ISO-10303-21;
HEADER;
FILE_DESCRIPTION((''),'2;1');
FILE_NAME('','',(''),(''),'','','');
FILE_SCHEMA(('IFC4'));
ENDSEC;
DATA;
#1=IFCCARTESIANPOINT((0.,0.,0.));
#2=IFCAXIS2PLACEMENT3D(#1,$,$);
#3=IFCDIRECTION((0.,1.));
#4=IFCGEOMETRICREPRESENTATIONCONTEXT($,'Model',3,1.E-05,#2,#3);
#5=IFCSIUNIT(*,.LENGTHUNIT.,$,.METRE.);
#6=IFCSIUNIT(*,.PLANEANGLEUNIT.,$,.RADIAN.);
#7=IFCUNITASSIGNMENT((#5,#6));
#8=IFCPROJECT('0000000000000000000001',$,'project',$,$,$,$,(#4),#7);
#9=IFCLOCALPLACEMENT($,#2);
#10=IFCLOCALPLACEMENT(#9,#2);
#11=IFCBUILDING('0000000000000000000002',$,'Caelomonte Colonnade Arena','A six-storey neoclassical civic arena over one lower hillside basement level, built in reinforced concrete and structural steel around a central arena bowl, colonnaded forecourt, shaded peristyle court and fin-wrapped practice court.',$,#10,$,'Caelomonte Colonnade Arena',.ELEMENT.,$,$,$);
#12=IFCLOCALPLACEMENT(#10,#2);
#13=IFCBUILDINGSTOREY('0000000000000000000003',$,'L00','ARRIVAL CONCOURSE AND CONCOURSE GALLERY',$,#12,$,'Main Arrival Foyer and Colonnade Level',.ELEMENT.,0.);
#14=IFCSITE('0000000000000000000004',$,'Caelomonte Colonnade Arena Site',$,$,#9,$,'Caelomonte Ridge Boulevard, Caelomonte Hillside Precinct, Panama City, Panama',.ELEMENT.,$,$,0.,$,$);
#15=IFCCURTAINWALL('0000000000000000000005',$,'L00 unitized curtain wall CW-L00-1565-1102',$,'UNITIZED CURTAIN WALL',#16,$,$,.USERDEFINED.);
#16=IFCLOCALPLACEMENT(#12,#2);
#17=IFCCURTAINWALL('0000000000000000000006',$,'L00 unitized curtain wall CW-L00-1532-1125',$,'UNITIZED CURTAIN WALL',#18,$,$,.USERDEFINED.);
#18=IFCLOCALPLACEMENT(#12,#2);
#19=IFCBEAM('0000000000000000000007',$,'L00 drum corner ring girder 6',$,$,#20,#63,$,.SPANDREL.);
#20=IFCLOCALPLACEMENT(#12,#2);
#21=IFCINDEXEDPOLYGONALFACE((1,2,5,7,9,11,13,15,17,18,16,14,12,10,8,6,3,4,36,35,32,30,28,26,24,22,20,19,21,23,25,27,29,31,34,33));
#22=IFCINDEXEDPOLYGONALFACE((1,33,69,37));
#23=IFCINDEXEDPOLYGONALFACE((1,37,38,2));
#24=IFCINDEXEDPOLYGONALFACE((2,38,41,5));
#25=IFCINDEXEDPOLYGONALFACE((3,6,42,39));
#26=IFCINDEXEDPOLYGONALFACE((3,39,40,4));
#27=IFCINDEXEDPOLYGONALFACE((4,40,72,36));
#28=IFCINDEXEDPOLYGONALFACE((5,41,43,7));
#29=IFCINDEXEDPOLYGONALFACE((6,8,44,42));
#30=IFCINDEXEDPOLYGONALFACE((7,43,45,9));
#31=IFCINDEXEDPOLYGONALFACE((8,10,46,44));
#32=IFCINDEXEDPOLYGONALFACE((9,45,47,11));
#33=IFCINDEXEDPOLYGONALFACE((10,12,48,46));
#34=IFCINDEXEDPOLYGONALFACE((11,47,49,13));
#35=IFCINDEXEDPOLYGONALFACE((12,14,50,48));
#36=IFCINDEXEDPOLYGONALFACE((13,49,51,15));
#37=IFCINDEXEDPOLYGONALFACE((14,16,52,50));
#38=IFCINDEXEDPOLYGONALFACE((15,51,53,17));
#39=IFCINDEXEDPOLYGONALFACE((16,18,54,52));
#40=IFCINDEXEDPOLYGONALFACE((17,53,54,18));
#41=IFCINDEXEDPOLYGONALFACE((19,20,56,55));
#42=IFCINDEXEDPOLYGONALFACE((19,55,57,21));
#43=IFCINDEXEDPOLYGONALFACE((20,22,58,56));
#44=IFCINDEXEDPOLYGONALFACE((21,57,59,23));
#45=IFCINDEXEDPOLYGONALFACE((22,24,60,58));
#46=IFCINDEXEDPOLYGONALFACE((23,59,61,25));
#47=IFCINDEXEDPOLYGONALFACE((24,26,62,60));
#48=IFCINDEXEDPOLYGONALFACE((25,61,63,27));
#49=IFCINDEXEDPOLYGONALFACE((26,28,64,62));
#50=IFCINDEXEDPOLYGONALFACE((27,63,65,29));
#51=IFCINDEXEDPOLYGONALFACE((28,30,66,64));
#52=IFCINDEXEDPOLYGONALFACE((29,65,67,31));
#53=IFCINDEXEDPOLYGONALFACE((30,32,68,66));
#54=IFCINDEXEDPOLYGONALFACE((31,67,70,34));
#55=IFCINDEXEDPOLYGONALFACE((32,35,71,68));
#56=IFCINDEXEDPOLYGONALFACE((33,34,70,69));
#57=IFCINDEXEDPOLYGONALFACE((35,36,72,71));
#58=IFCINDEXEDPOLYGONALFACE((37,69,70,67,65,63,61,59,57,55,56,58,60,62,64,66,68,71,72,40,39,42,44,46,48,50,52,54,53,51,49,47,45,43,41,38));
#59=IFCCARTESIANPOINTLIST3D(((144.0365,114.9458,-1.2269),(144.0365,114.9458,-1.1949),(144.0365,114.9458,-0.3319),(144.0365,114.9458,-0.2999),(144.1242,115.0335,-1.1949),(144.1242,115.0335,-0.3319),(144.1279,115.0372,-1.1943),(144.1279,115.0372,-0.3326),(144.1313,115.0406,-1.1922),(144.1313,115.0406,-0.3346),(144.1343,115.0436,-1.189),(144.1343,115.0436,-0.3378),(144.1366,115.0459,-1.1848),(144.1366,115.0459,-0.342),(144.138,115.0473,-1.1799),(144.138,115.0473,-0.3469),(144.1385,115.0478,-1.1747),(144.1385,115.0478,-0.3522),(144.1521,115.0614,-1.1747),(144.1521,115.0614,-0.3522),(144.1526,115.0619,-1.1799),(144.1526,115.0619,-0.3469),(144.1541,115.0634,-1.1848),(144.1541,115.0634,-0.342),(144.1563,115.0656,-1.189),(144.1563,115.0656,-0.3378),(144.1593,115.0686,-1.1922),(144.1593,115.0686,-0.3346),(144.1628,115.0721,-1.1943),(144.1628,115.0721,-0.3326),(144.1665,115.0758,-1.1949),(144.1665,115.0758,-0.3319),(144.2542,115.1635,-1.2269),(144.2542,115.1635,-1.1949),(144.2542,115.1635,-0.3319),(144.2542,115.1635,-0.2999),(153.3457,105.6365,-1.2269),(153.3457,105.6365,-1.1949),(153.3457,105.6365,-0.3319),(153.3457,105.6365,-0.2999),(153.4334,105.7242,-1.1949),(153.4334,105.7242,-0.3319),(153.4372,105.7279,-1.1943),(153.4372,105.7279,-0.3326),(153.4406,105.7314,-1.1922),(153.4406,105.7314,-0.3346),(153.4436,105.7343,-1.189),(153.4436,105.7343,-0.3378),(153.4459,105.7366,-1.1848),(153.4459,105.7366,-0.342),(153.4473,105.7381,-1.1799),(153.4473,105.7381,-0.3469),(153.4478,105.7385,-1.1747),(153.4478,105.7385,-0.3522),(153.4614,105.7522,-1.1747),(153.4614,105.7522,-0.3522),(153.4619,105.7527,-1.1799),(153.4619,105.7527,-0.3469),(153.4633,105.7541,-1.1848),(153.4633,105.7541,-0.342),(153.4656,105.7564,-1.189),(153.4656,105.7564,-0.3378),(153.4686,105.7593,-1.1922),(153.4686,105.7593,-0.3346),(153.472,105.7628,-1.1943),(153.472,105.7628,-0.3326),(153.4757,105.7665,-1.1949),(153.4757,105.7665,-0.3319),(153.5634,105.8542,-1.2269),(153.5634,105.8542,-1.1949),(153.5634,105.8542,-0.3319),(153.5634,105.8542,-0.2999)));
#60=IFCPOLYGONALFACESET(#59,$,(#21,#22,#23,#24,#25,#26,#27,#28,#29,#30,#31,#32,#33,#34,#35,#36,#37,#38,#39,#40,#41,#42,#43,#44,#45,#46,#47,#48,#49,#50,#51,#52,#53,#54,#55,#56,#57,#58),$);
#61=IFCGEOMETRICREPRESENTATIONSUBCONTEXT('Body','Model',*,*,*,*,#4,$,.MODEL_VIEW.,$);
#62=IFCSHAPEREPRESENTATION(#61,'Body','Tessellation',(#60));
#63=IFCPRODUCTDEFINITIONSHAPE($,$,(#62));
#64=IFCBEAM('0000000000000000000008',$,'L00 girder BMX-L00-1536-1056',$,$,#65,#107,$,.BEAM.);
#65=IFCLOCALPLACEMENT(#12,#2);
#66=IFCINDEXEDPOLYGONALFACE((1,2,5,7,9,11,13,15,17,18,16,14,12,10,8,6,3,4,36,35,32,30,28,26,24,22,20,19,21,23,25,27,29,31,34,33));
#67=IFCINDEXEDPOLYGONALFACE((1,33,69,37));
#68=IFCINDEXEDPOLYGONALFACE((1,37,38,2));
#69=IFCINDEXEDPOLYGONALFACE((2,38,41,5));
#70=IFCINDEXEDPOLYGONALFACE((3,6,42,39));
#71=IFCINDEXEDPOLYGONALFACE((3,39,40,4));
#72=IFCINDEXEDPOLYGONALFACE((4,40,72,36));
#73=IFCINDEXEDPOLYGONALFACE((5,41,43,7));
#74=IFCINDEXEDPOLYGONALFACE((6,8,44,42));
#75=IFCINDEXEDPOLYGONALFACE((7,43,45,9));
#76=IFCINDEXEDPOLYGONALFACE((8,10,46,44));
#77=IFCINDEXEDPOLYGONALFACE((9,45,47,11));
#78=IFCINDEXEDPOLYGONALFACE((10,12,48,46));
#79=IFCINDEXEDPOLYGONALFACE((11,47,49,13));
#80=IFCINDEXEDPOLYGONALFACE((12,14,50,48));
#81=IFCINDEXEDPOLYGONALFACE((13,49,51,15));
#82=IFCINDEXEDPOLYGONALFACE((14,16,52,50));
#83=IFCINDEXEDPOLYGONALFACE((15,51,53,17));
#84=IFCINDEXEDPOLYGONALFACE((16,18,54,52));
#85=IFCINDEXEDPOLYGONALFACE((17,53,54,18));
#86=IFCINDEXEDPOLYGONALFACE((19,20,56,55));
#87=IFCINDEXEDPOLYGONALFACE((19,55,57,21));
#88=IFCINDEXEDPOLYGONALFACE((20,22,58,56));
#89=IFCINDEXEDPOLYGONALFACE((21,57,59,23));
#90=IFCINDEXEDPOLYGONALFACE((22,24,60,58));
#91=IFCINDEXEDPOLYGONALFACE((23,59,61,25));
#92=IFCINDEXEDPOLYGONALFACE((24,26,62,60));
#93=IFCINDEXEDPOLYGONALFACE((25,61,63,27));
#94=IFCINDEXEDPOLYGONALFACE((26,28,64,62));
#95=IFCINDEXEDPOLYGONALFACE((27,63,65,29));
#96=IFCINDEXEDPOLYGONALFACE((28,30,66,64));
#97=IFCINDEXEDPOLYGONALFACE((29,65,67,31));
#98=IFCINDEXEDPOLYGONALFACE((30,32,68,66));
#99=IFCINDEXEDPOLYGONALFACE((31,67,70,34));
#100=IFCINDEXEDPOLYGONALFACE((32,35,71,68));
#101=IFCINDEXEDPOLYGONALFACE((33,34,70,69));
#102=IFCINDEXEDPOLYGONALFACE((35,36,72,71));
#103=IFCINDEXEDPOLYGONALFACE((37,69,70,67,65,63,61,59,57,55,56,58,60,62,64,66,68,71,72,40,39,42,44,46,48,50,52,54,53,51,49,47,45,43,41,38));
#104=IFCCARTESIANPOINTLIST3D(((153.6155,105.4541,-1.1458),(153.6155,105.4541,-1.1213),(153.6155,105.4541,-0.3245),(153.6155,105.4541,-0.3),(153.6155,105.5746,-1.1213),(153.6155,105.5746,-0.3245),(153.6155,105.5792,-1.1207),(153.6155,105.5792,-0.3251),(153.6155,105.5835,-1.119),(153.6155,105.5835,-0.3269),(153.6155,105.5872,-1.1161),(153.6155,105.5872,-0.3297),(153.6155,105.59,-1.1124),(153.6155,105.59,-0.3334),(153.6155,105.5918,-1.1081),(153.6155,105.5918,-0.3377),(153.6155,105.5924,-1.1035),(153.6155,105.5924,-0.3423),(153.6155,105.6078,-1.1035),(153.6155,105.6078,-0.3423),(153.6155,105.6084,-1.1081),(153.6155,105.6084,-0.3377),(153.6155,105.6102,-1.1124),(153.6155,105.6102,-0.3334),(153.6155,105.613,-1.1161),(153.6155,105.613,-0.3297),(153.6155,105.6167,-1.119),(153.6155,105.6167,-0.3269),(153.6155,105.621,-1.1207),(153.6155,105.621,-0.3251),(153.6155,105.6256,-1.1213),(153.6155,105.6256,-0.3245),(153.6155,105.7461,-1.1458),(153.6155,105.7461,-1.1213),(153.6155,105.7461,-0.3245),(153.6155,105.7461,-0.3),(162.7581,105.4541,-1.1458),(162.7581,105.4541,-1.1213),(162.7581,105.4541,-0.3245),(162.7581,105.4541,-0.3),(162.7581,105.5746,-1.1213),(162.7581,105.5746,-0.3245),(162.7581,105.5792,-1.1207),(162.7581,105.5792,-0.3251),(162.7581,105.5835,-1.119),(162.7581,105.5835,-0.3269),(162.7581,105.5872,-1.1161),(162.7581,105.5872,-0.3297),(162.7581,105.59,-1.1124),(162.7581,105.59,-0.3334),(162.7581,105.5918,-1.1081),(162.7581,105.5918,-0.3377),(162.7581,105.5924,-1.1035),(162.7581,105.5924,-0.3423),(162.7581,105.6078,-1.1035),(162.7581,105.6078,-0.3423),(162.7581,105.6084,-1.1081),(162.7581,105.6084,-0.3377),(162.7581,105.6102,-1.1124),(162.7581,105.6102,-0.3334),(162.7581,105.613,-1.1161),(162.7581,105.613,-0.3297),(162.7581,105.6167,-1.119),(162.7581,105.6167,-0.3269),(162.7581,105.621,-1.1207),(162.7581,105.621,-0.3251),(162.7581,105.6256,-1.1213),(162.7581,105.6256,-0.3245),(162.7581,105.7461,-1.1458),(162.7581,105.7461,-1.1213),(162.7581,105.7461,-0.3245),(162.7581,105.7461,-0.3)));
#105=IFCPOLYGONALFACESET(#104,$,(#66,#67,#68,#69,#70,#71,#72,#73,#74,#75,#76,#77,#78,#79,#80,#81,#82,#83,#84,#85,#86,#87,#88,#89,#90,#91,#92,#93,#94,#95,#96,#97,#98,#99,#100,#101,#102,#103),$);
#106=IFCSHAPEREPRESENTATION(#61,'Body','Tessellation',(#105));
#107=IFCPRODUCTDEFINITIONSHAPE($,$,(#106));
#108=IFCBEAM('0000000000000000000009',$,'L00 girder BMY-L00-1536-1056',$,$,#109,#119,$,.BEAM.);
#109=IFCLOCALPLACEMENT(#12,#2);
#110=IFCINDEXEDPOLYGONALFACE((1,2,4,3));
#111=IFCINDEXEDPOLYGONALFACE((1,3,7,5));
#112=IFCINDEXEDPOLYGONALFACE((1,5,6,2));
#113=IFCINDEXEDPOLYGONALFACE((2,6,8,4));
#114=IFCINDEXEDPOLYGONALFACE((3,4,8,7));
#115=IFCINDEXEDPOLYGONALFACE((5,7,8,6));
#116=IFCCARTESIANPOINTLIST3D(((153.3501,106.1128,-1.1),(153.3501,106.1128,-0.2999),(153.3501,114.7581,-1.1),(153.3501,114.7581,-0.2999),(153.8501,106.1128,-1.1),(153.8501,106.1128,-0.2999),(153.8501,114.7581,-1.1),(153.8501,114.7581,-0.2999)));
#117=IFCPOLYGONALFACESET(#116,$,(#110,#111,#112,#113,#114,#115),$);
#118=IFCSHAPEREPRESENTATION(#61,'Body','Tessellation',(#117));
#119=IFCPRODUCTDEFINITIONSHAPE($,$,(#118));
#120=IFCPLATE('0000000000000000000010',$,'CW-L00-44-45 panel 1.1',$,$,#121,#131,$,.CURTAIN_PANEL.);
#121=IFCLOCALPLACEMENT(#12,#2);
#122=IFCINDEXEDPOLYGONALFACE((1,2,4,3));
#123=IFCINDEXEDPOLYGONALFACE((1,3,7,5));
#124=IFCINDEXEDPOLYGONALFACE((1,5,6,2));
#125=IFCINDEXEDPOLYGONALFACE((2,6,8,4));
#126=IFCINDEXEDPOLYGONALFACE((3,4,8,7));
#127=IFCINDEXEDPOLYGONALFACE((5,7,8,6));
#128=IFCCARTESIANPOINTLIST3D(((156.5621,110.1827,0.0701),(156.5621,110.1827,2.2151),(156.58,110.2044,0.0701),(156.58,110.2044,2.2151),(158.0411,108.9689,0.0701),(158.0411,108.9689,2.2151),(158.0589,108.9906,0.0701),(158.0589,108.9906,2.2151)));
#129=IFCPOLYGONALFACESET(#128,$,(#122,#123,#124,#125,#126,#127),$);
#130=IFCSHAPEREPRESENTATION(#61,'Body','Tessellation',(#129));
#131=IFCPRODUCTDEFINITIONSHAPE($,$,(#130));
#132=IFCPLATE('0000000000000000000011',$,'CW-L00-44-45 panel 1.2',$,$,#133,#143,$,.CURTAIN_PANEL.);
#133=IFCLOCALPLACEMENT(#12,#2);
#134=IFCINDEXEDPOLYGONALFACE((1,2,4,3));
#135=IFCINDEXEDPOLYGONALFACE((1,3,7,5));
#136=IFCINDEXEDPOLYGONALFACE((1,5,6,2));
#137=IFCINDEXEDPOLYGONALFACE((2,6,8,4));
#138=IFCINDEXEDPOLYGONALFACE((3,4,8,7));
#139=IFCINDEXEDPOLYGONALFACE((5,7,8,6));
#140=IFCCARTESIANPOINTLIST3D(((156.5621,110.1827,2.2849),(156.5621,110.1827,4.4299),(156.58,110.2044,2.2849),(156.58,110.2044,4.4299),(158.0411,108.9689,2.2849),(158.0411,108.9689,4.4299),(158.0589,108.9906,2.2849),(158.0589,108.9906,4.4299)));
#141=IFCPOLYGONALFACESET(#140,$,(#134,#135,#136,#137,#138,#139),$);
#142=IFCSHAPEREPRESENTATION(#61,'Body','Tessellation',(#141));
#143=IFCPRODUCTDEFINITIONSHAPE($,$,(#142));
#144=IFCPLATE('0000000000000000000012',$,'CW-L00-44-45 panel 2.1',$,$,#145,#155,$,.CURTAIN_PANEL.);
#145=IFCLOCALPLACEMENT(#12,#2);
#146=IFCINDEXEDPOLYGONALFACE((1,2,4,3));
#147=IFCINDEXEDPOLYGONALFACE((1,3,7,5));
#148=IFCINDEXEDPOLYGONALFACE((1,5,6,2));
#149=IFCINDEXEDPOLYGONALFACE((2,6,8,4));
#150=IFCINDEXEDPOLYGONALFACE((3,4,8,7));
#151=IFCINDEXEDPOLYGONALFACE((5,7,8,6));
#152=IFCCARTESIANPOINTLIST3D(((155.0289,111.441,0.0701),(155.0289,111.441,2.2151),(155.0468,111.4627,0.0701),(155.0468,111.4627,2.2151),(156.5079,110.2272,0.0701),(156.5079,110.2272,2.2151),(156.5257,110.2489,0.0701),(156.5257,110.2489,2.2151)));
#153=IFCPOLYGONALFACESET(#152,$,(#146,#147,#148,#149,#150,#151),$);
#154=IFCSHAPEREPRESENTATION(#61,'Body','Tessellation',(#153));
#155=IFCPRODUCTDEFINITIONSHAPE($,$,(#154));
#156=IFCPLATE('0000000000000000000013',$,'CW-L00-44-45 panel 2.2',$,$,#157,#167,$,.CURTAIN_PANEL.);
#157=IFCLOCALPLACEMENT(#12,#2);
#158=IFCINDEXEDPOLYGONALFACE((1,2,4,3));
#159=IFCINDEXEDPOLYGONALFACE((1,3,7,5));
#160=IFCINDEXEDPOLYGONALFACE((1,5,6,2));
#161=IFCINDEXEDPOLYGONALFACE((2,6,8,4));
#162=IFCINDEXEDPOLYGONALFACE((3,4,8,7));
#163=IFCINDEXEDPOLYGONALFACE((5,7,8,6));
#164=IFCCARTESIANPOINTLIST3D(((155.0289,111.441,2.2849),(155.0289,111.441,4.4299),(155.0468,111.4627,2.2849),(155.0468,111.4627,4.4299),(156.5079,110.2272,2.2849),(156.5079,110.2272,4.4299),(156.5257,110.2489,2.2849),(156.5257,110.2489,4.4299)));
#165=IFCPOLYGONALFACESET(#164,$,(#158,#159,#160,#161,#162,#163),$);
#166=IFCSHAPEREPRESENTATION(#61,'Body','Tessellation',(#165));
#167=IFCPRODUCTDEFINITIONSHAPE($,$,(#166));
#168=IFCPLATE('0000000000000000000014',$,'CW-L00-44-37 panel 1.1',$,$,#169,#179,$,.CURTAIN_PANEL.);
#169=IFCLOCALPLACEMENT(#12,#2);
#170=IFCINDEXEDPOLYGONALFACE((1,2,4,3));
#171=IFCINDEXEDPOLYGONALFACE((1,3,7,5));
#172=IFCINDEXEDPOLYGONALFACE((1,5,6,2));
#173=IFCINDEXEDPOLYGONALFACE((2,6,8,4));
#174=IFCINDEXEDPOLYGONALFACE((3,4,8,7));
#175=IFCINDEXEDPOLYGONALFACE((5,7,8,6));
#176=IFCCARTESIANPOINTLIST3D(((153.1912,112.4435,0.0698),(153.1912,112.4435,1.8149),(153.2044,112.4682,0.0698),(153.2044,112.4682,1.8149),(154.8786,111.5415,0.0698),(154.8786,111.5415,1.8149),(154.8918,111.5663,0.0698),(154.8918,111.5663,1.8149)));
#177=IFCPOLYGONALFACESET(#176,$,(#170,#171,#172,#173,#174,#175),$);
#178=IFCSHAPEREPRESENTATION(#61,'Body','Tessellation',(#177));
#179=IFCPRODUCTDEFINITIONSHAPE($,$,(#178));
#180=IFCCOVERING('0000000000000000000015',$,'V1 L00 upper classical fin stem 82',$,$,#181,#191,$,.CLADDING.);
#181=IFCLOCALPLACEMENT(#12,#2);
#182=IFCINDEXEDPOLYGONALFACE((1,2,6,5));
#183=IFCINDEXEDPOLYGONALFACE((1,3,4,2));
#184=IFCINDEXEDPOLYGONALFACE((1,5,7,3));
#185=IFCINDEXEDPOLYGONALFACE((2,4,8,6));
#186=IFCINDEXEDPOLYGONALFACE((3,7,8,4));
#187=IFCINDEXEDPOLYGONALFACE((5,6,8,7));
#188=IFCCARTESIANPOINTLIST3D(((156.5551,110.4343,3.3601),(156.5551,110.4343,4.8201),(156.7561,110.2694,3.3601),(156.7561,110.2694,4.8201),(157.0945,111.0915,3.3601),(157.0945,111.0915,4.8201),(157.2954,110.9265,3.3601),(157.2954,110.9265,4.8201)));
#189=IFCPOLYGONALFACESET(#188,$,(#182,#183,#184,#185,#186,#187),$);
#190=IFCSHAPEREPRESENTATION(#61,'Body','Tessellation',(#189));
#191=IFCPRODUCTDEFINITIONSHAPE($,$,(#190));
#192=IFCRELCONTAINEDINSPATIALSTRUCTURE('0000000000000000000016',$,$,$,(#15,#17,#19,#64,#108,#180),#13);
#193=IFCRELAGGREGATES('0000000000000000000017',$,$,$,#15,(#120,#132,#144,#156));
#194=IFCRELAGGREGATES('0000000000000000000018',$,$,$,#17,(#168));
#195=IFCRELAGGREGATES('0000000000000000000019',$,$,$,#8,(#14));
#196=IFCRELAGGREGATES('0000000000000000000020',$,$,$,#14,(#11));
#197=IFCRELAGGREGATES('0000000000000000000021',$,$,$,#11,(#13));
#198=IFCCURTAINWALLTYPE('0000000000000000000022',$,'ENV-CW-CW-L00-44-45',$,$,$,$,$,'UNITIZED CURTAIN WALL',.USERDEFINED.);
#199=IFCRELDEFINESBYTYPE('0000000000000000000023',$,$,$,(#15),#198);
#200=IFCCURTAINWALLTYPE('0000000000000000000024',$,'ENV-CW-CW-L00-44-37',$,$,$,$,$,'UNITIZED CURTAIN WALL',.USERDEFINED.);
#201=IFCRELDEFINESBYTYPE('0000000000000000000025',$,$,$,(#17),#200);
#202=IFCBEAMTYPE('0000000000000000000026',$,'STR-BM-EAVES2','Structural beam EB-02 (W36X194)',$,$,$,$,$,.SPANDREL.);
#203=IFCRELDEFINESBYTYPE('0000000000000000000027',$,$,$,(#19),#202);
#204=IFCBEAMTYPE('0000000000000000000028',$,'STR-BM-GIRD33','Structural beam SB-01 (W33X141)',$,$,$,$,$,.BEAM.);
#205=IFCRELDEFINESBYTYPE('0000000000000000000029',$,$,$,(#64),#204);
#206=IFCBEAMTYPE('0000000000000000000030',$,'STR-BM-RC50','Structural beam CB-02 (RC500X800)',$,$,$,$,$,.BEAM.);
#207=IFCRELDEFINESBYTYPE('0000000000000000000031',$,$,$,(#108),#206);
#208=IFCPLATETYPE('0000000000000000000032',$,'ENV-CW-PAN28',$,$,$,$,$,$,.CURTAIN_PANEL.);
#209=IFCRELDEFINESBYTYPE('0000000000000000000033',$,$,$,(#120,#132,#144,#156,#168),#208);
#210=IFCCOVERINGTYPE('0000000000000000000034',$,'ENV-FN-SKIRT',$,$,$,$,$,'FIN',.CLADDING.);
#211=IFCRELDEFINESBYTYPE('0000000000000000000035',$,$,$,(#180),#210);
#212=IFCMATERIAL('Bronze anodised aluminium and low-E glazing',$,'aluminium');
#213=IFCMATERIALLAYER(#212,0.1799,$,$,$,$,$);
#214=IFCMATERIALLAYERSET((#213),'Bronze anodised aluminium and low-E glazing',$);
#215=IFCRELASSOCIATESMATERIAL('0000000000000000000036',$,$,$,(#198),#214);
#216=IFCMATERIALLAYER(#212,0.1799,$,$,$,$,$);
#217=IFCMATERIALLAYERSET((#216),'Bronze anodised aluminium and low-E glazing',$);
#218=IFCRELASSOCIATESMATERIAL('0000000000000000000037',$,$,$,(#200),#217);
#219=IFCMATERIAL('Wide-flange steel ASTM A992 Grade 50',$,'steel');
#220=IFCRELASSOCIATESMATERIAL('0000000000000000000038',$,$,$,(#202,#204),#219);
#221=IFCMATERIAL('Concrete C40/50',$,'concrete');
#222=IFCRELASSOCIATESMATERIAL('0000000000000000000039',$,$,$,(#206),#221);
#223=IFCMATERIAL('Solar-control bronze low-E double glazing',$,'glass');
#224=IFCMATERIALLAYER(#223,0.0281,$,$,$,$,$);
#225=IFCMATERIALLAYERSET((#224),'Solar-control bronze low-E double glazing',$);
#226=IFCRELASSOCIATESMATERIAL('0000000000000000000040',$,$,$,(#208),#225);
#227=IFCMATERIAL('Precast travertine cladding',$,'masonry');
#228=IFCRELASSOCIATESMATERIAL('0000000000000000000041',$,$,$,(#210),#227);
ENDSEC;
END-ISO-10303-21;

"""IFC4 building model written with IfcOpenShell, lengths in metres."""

from ifc_helpers import new_model, si_unit, direction, frame, origin, origin_2d, place, context, subcontext, project, spatial, rectangle, i_section, extrude, material, layer, layer_set, material_profile, profile_set, type_object, element, aggregate, save


model = new_model("IFC4")

# Units and contexts
model_context = context("Model", 3, precision=1e-05, world=origin(), true_north=direction((0.0, 1.0)))
body_context = subcontext(model_context, "Body", "Model", "MODEL_VIEW")
ifc_project = project(units=[si_unit("LENGTHUNIT", "METRE"), si_unit("PLANEANGLEUNIT", "RADIAN")], contexts=[model_context])

# Site, building, storey
site_placement = place(None, origin())
site = spatial("IfcSite", under=ifc_project, at=site_placement, Name="Caelomonte Colonnade Arena Site", LongName="Caelomonte Ridge Boulevard, Caelomonte Hillside Precinct, Panama City, Panama", CompositionType="ELEMENT", RefElevation=0.0)
building_placement = place(site_placement, origin())
building = spatial("IfcBuilding", under=site, at=building_placement, Name="Caelomonte Colonnade Arena", Description="A six-storey neoclassical civic arena over one lower hillside basement level, built in reinforced concrete and structural steel around a central arena bowl, colonnaded forecourt, shaded peristyle court and fin-wrapped practice court.", LongName="Caelomonte Colonnade Arena", CompositionType="ELEMENT")
storey_placement = place(building_placement, origin())
storey = spatial("IfcBuildingStorey", under=building, at=storey_placement, Name="L00", Description="ARRIVAL CONCOURSE AND CONCOURSE GALLERY", LongName="Main Arrival Foyer and Colonnade Level", CompositionType="ELEMENT", Elevation=0.0)

# Shared definitions
ifc_material_1 = material(Name="Wide-flange steel ASTM A992 Grade 50", Category="steel")

# Curtain wall
ifc_material_2 = material(Name="Bronze anodised aluminium and low-E glazing", Category="aluminium")
ifc_layer_1 = layer(ifc_material_2, 0.1799)
ifc_layer_set_1 = layer_set([ifc_layer_1], Name="Bronze anodised aluminium and low-E glazing")
curtain_wall_type_1 = type_object("IfcCurtainWallType", Name="ENV-CW-CW-L00-44-45", ElementType="UNITIZED CURTAIN WALL", PredefinedType="USERDEFINED", material=ifc_layer_set_1)
curtain_wall_1_placement = place(storey_placement, origin())
curtain_wall_1 = element("IfcCurtainWall", 1, at=curtain_wall_1_placement, inside=storey, type_object=curtain_wall_type_1, Name="L00 unitized curtain wall CW-L00-1565-1102", ObjectType="UNITIZED CURTAIN WALL", PredefinedType="USERDEFINED")

# Curtain wall
ifc_layer_2 = layer(ifc_material_2, 0.1799)
ifc_layer_set_2 = layer_set([ifc_layer_2], Name="Bronze anodised aluminium and low-E glazing")
curtain_wall_type_2 = type_object("IfcCurtainWallType", Name="ENV-CW-CW-L00-44-37", ElementType="UNITIZED CURTAIN WALL", PredefinedType="USERDEFINED", material=ifc_layer_set_2)
curtain_wall_2_placement = place(storey_placement, origin())
curtain_wall_2 = element("IfcCurtainWall", 2, at=curtain_wall_2_placement, inside=storey, type_object=curtain_wall_type_2, Name="L00 unitized curtain wall CW-L00-1532-1125", ObjectType="UNITIZED CURTAIN WALL", PredefinedType="USERDEFINED")

# Beams
ifc_material_profile_1 = material_profile(ifc_material_1, i_section(OverallWidth=0.3079, OverallDepth=0.927, WebThickness=0.0193, FlangeThickness=0.032, FilletRadius=0.0203, at=origin_2d()), Name="W36X194")
ifc_profile_set_1 = profile_set([ifc_material_profile_1], Name="Wide-flange steel ASTM A992 Grade 50")
beam_type_1 = type_object("IfcBeamType", Name="STR-BM-EAVES2", Description="Structural beam EB-02 (W36X194)", PredefinedType="SPANDREL", material=ifc_profile_set_1)
beam_1_placement = place(storey_placement, frame((153.4546, 105.7454, -0.7634), z_axis=(-0.707107, 0.707107, 0.0), x_axis=(-0.707107, -0.707107, 0.0)))
element("IfcBeam", 3, at=beam_1_placement, inside=storey, type_object=beam_type_1, Name="L00 drum corner ring girder 6", PredefinedType="SPANDREL", context=body_context, shape_type="SweptSolid", body=[
    extrude(i_section(OverallWidth=0.3079, OverallDepth=0.927, WebThickness=0.0193, FlangeThickness=0.032, FilletRadius=0.0203, at=origin_2d()), origin(), (0.0, 0.0, 1.0), 13.1653),
])
ifc_material_profile_2 = material_profile(ifc_material_1, i_section(OverallWidth=0.292, OverallDepth=0.8457, WebThickness=0.0154, FlangeThickness=0.0244, FilletRadius=0.0178, at=origin_2d()), Name="W33X141")
ifc_profile_set_2 = profile_set([ifc_material_profile_2], Name="Wide-flange steel ASTM A992 Grade 50")
beam_type_2 = type_object("IfcBeamType", Name="STR-BM-GIRD33", Description="Structural beam SB-01 (W33X141)", PredefinedType="BEAM", material=ifc_profile_set_2)
beam_2_placement = place(storey_placement, frame((153.6155, 105.6001, -0.7229), z_axis=(1.0, 0.0, 0.0), x_axis=(0.0, 1.0, 0.0)))
element("IfcBeam", 4, at=beam_2_placement, inside=storey, type_object=beam_type_2, Name="L00 girder BMX-L00-1536-1056", PredefinedType="BEAM", context=body_context, shape_type="SweptSolid", body=[
    extrude(i_section(OverallWidth=0.292, OverallDepth=0.8457, WebThickness=0.0154, FlangeThickness=0.0244, FilletRadius=0.0178, at=origin_2d()), origin(), (0.0, 0.0, 1.0), 9.1426),
])
ifc_material_3 = material(Name="Concrete C40/50", Category="concrete")
ifc_material_profile_3 = material_profile(ifc_material_3, rectangle(XDim=0.5, YDim=0.8, at=origin_2d()), Name="RC500X800")
ifc_profile_set_3 = profile_set([ifc_material_profile_3], Name="Concrete C40/50")
beam_type_3 = type_object("IfcBeamType", Name="STR-BM-RC50", Description="Structural beam CB-02 (RC500X800)", PredefinedType="BEAM", material=ifc_profile_set_3)
beam_3_placement = place(storey_placement, frame((153.6001, 106.1128, -0.7), z_axis=(0.0, 1.0, 0.0), x_axis=(-1.0, 0.0, 0.0)))
element("IfcBeam", 5, at=beam_3_placement, inside=storey, type_object=beam_type_3, Name="L00 girder BMY-L00-1536-1056", PredefinedType="BEAM", context=body_context, shape_type="SweptSolid", body=[
    extrude(rectangle(XDim=0.5, YDim=0.8, at=origin_2d()), origin(), (0.0, 0.0, 1.0), 8.6453),
])

# Plates
ifc_material_4 = material(Name="Solar-control bronze low-E double glazing", Category="glass")
ifc_layer_3 = layer(ifc_material_4, 0.0281)
ifc_layer_set_3 = layer_set([ifc_layer_3], Name="Solar-control bronze low-E double glazing")
plate_type = type_object("IfcPlateType", Name="ENV-CW-PAN28", PredefinedType="CURTAIN_PANEL", material=ifc_layer_set_3)
plate_1_placement = place(storey_placement, frame((157.3105, 109.5867, 0.0701), z_axis=(0.0, 0.0, 1.0), x_axis=(-0.772992, 0.634416, 0.0)))
plate_1 = element("IfcPlate", 6, at=plate_1_placement, type_object=plate_type, Name="CW-L00-44-45 panel 1.1", PredefinedType="CURTAIN_PANEL", context=body_context, shape_type="SweptSolid", body=[
    extrude(rectangle(XDim=1.9133, YDim=0.0281, at=origin_2d()), origin(), (0.0, 0.0, 1.0), 2.145),
])
plate_2_placement = place(storey_placement, frame((157.3105, 109.5867, 2.2849), z_axis=(0.0, 0.0, 1.0), x_axis=(-0.772992, 0.634416, 0.0)))
plate_2 = element("IfcPlate", 7, at=plate_2_placement, type_object=plate_type, Name="CW-L00-44-45 panel 1.2", PredefinedType="CURTAIN_PANEL", context=body_context, shape_type="SweptSolid", body=[
    extrude(rectangle(XDim=1.9133, YDim=0.0281, at=origin_2d()), origin(), (0.0, 0.0, 1.0), 2.145),
])
plate_3_placement = place(storey_placement, frame((155.7773, 110.845, 0.0701), z_axis=(0.0, 0.0, 1.0), x_axis=(-0.772992, 0.634416, 0.0)))
plate_3 = element("IfcPlate", 8, at=plate_3_placement, type_object=plate_type, Name="CW-L00-44-45 panel 2.1", PredefinedType="CURTAIN_PANEL", context=body_context, shape_type="SweptSolid", body=[
    extrude(rectangle(XDim=1.9133, YDim=0.0281, at=origin_2d()), origin(), (0.0, 0.0, 1.0), 2.145),
])
plate_4_placement = place(storey_placement, frame((155.7773, 110.845, 2.2849), z_axis=(0.0, 0.0, 1.0), x_axis=(-0.772992, 0.634416, 0.0)))
plate_4 = element("IfcPlate", 9, at=plate_4_placement, type_object=plate_type, Name="CW-L00-44-45 panel 2.2", PredefinedType="CURTAIN_PANEL", context=body_context, shape_type="SweptSolid", body=[
    extrude(rectangle(XDim=1.9133, YDim=0.0281, at=origin_2d()), origin(), (0.0, 0.0, 1.0), 2.145),
])
aggregate(curtain_wall_1, [plate_1, plate_2, plate_3, plate_4])
plate_5_placement = place(storey_placement, frame((154.0415, 112.0049, 0.0698), z_axis=(0.0, 0.0, 1.0), x_axis=(-0.881923, 0.471394, 0.0)))
plate_5 = element("IfcPlate", 10, at=plate_5_placement, type_object=plate_type, Name="CW-L00-44-37 panel 1.1", PredefinedType="CURTAIN_PANEL", context=body_context, shape_type="SweptSolid", body=[
    extrude(rectangle(XDim=1.9133, YDim=0.0281, at=origin_2d()), origin(), (0.0, 0.0, 1.0), 1.7451),
])
aggregate(curtain_wall_2, [plate_5])

# Covering
ifc_material_5 = material(Name="Precast travertine cladding", Category="masonry")
ifc_material_profile_4 = material_profile(ifc_material_5, rectangle(XDim=0.26, YDim=0.8501, at=origin_2d()), Name="FIN260X850")
ifc_profile_set_4 = profile_set([ifc_material_profile_4], Name="Precast travertine cladding")
covering_type = type_object("IfcCoveringType", Name="ENV-FN-SKIRT", ElementType="FIN", PredefinedType="CLADDING", material=ifc_profile_set_4)
covering_1_placement = place(storey_placement, frame((156.9253, 110.6804, 3.3601), z_axis=(0.0, 0.0, 1.0), x_axis=(0.772994, -0.634414, 0.0)))
element("IfcCovering", 11, at=covering_1_placement, inside=storey, type_object=covering_type, Name="V1 L00 upper classical fin stem 82", PredefinedType="CLADDING", context=body_context, shape_type="SweptSolid", body=[
    extrude(rectangle(XDim=0.26, YDim=0.8501, at=origin_2d()), origin(), (0.0, 0.0, 1.0), 1.46),
])

save(model, "model.ifc")
